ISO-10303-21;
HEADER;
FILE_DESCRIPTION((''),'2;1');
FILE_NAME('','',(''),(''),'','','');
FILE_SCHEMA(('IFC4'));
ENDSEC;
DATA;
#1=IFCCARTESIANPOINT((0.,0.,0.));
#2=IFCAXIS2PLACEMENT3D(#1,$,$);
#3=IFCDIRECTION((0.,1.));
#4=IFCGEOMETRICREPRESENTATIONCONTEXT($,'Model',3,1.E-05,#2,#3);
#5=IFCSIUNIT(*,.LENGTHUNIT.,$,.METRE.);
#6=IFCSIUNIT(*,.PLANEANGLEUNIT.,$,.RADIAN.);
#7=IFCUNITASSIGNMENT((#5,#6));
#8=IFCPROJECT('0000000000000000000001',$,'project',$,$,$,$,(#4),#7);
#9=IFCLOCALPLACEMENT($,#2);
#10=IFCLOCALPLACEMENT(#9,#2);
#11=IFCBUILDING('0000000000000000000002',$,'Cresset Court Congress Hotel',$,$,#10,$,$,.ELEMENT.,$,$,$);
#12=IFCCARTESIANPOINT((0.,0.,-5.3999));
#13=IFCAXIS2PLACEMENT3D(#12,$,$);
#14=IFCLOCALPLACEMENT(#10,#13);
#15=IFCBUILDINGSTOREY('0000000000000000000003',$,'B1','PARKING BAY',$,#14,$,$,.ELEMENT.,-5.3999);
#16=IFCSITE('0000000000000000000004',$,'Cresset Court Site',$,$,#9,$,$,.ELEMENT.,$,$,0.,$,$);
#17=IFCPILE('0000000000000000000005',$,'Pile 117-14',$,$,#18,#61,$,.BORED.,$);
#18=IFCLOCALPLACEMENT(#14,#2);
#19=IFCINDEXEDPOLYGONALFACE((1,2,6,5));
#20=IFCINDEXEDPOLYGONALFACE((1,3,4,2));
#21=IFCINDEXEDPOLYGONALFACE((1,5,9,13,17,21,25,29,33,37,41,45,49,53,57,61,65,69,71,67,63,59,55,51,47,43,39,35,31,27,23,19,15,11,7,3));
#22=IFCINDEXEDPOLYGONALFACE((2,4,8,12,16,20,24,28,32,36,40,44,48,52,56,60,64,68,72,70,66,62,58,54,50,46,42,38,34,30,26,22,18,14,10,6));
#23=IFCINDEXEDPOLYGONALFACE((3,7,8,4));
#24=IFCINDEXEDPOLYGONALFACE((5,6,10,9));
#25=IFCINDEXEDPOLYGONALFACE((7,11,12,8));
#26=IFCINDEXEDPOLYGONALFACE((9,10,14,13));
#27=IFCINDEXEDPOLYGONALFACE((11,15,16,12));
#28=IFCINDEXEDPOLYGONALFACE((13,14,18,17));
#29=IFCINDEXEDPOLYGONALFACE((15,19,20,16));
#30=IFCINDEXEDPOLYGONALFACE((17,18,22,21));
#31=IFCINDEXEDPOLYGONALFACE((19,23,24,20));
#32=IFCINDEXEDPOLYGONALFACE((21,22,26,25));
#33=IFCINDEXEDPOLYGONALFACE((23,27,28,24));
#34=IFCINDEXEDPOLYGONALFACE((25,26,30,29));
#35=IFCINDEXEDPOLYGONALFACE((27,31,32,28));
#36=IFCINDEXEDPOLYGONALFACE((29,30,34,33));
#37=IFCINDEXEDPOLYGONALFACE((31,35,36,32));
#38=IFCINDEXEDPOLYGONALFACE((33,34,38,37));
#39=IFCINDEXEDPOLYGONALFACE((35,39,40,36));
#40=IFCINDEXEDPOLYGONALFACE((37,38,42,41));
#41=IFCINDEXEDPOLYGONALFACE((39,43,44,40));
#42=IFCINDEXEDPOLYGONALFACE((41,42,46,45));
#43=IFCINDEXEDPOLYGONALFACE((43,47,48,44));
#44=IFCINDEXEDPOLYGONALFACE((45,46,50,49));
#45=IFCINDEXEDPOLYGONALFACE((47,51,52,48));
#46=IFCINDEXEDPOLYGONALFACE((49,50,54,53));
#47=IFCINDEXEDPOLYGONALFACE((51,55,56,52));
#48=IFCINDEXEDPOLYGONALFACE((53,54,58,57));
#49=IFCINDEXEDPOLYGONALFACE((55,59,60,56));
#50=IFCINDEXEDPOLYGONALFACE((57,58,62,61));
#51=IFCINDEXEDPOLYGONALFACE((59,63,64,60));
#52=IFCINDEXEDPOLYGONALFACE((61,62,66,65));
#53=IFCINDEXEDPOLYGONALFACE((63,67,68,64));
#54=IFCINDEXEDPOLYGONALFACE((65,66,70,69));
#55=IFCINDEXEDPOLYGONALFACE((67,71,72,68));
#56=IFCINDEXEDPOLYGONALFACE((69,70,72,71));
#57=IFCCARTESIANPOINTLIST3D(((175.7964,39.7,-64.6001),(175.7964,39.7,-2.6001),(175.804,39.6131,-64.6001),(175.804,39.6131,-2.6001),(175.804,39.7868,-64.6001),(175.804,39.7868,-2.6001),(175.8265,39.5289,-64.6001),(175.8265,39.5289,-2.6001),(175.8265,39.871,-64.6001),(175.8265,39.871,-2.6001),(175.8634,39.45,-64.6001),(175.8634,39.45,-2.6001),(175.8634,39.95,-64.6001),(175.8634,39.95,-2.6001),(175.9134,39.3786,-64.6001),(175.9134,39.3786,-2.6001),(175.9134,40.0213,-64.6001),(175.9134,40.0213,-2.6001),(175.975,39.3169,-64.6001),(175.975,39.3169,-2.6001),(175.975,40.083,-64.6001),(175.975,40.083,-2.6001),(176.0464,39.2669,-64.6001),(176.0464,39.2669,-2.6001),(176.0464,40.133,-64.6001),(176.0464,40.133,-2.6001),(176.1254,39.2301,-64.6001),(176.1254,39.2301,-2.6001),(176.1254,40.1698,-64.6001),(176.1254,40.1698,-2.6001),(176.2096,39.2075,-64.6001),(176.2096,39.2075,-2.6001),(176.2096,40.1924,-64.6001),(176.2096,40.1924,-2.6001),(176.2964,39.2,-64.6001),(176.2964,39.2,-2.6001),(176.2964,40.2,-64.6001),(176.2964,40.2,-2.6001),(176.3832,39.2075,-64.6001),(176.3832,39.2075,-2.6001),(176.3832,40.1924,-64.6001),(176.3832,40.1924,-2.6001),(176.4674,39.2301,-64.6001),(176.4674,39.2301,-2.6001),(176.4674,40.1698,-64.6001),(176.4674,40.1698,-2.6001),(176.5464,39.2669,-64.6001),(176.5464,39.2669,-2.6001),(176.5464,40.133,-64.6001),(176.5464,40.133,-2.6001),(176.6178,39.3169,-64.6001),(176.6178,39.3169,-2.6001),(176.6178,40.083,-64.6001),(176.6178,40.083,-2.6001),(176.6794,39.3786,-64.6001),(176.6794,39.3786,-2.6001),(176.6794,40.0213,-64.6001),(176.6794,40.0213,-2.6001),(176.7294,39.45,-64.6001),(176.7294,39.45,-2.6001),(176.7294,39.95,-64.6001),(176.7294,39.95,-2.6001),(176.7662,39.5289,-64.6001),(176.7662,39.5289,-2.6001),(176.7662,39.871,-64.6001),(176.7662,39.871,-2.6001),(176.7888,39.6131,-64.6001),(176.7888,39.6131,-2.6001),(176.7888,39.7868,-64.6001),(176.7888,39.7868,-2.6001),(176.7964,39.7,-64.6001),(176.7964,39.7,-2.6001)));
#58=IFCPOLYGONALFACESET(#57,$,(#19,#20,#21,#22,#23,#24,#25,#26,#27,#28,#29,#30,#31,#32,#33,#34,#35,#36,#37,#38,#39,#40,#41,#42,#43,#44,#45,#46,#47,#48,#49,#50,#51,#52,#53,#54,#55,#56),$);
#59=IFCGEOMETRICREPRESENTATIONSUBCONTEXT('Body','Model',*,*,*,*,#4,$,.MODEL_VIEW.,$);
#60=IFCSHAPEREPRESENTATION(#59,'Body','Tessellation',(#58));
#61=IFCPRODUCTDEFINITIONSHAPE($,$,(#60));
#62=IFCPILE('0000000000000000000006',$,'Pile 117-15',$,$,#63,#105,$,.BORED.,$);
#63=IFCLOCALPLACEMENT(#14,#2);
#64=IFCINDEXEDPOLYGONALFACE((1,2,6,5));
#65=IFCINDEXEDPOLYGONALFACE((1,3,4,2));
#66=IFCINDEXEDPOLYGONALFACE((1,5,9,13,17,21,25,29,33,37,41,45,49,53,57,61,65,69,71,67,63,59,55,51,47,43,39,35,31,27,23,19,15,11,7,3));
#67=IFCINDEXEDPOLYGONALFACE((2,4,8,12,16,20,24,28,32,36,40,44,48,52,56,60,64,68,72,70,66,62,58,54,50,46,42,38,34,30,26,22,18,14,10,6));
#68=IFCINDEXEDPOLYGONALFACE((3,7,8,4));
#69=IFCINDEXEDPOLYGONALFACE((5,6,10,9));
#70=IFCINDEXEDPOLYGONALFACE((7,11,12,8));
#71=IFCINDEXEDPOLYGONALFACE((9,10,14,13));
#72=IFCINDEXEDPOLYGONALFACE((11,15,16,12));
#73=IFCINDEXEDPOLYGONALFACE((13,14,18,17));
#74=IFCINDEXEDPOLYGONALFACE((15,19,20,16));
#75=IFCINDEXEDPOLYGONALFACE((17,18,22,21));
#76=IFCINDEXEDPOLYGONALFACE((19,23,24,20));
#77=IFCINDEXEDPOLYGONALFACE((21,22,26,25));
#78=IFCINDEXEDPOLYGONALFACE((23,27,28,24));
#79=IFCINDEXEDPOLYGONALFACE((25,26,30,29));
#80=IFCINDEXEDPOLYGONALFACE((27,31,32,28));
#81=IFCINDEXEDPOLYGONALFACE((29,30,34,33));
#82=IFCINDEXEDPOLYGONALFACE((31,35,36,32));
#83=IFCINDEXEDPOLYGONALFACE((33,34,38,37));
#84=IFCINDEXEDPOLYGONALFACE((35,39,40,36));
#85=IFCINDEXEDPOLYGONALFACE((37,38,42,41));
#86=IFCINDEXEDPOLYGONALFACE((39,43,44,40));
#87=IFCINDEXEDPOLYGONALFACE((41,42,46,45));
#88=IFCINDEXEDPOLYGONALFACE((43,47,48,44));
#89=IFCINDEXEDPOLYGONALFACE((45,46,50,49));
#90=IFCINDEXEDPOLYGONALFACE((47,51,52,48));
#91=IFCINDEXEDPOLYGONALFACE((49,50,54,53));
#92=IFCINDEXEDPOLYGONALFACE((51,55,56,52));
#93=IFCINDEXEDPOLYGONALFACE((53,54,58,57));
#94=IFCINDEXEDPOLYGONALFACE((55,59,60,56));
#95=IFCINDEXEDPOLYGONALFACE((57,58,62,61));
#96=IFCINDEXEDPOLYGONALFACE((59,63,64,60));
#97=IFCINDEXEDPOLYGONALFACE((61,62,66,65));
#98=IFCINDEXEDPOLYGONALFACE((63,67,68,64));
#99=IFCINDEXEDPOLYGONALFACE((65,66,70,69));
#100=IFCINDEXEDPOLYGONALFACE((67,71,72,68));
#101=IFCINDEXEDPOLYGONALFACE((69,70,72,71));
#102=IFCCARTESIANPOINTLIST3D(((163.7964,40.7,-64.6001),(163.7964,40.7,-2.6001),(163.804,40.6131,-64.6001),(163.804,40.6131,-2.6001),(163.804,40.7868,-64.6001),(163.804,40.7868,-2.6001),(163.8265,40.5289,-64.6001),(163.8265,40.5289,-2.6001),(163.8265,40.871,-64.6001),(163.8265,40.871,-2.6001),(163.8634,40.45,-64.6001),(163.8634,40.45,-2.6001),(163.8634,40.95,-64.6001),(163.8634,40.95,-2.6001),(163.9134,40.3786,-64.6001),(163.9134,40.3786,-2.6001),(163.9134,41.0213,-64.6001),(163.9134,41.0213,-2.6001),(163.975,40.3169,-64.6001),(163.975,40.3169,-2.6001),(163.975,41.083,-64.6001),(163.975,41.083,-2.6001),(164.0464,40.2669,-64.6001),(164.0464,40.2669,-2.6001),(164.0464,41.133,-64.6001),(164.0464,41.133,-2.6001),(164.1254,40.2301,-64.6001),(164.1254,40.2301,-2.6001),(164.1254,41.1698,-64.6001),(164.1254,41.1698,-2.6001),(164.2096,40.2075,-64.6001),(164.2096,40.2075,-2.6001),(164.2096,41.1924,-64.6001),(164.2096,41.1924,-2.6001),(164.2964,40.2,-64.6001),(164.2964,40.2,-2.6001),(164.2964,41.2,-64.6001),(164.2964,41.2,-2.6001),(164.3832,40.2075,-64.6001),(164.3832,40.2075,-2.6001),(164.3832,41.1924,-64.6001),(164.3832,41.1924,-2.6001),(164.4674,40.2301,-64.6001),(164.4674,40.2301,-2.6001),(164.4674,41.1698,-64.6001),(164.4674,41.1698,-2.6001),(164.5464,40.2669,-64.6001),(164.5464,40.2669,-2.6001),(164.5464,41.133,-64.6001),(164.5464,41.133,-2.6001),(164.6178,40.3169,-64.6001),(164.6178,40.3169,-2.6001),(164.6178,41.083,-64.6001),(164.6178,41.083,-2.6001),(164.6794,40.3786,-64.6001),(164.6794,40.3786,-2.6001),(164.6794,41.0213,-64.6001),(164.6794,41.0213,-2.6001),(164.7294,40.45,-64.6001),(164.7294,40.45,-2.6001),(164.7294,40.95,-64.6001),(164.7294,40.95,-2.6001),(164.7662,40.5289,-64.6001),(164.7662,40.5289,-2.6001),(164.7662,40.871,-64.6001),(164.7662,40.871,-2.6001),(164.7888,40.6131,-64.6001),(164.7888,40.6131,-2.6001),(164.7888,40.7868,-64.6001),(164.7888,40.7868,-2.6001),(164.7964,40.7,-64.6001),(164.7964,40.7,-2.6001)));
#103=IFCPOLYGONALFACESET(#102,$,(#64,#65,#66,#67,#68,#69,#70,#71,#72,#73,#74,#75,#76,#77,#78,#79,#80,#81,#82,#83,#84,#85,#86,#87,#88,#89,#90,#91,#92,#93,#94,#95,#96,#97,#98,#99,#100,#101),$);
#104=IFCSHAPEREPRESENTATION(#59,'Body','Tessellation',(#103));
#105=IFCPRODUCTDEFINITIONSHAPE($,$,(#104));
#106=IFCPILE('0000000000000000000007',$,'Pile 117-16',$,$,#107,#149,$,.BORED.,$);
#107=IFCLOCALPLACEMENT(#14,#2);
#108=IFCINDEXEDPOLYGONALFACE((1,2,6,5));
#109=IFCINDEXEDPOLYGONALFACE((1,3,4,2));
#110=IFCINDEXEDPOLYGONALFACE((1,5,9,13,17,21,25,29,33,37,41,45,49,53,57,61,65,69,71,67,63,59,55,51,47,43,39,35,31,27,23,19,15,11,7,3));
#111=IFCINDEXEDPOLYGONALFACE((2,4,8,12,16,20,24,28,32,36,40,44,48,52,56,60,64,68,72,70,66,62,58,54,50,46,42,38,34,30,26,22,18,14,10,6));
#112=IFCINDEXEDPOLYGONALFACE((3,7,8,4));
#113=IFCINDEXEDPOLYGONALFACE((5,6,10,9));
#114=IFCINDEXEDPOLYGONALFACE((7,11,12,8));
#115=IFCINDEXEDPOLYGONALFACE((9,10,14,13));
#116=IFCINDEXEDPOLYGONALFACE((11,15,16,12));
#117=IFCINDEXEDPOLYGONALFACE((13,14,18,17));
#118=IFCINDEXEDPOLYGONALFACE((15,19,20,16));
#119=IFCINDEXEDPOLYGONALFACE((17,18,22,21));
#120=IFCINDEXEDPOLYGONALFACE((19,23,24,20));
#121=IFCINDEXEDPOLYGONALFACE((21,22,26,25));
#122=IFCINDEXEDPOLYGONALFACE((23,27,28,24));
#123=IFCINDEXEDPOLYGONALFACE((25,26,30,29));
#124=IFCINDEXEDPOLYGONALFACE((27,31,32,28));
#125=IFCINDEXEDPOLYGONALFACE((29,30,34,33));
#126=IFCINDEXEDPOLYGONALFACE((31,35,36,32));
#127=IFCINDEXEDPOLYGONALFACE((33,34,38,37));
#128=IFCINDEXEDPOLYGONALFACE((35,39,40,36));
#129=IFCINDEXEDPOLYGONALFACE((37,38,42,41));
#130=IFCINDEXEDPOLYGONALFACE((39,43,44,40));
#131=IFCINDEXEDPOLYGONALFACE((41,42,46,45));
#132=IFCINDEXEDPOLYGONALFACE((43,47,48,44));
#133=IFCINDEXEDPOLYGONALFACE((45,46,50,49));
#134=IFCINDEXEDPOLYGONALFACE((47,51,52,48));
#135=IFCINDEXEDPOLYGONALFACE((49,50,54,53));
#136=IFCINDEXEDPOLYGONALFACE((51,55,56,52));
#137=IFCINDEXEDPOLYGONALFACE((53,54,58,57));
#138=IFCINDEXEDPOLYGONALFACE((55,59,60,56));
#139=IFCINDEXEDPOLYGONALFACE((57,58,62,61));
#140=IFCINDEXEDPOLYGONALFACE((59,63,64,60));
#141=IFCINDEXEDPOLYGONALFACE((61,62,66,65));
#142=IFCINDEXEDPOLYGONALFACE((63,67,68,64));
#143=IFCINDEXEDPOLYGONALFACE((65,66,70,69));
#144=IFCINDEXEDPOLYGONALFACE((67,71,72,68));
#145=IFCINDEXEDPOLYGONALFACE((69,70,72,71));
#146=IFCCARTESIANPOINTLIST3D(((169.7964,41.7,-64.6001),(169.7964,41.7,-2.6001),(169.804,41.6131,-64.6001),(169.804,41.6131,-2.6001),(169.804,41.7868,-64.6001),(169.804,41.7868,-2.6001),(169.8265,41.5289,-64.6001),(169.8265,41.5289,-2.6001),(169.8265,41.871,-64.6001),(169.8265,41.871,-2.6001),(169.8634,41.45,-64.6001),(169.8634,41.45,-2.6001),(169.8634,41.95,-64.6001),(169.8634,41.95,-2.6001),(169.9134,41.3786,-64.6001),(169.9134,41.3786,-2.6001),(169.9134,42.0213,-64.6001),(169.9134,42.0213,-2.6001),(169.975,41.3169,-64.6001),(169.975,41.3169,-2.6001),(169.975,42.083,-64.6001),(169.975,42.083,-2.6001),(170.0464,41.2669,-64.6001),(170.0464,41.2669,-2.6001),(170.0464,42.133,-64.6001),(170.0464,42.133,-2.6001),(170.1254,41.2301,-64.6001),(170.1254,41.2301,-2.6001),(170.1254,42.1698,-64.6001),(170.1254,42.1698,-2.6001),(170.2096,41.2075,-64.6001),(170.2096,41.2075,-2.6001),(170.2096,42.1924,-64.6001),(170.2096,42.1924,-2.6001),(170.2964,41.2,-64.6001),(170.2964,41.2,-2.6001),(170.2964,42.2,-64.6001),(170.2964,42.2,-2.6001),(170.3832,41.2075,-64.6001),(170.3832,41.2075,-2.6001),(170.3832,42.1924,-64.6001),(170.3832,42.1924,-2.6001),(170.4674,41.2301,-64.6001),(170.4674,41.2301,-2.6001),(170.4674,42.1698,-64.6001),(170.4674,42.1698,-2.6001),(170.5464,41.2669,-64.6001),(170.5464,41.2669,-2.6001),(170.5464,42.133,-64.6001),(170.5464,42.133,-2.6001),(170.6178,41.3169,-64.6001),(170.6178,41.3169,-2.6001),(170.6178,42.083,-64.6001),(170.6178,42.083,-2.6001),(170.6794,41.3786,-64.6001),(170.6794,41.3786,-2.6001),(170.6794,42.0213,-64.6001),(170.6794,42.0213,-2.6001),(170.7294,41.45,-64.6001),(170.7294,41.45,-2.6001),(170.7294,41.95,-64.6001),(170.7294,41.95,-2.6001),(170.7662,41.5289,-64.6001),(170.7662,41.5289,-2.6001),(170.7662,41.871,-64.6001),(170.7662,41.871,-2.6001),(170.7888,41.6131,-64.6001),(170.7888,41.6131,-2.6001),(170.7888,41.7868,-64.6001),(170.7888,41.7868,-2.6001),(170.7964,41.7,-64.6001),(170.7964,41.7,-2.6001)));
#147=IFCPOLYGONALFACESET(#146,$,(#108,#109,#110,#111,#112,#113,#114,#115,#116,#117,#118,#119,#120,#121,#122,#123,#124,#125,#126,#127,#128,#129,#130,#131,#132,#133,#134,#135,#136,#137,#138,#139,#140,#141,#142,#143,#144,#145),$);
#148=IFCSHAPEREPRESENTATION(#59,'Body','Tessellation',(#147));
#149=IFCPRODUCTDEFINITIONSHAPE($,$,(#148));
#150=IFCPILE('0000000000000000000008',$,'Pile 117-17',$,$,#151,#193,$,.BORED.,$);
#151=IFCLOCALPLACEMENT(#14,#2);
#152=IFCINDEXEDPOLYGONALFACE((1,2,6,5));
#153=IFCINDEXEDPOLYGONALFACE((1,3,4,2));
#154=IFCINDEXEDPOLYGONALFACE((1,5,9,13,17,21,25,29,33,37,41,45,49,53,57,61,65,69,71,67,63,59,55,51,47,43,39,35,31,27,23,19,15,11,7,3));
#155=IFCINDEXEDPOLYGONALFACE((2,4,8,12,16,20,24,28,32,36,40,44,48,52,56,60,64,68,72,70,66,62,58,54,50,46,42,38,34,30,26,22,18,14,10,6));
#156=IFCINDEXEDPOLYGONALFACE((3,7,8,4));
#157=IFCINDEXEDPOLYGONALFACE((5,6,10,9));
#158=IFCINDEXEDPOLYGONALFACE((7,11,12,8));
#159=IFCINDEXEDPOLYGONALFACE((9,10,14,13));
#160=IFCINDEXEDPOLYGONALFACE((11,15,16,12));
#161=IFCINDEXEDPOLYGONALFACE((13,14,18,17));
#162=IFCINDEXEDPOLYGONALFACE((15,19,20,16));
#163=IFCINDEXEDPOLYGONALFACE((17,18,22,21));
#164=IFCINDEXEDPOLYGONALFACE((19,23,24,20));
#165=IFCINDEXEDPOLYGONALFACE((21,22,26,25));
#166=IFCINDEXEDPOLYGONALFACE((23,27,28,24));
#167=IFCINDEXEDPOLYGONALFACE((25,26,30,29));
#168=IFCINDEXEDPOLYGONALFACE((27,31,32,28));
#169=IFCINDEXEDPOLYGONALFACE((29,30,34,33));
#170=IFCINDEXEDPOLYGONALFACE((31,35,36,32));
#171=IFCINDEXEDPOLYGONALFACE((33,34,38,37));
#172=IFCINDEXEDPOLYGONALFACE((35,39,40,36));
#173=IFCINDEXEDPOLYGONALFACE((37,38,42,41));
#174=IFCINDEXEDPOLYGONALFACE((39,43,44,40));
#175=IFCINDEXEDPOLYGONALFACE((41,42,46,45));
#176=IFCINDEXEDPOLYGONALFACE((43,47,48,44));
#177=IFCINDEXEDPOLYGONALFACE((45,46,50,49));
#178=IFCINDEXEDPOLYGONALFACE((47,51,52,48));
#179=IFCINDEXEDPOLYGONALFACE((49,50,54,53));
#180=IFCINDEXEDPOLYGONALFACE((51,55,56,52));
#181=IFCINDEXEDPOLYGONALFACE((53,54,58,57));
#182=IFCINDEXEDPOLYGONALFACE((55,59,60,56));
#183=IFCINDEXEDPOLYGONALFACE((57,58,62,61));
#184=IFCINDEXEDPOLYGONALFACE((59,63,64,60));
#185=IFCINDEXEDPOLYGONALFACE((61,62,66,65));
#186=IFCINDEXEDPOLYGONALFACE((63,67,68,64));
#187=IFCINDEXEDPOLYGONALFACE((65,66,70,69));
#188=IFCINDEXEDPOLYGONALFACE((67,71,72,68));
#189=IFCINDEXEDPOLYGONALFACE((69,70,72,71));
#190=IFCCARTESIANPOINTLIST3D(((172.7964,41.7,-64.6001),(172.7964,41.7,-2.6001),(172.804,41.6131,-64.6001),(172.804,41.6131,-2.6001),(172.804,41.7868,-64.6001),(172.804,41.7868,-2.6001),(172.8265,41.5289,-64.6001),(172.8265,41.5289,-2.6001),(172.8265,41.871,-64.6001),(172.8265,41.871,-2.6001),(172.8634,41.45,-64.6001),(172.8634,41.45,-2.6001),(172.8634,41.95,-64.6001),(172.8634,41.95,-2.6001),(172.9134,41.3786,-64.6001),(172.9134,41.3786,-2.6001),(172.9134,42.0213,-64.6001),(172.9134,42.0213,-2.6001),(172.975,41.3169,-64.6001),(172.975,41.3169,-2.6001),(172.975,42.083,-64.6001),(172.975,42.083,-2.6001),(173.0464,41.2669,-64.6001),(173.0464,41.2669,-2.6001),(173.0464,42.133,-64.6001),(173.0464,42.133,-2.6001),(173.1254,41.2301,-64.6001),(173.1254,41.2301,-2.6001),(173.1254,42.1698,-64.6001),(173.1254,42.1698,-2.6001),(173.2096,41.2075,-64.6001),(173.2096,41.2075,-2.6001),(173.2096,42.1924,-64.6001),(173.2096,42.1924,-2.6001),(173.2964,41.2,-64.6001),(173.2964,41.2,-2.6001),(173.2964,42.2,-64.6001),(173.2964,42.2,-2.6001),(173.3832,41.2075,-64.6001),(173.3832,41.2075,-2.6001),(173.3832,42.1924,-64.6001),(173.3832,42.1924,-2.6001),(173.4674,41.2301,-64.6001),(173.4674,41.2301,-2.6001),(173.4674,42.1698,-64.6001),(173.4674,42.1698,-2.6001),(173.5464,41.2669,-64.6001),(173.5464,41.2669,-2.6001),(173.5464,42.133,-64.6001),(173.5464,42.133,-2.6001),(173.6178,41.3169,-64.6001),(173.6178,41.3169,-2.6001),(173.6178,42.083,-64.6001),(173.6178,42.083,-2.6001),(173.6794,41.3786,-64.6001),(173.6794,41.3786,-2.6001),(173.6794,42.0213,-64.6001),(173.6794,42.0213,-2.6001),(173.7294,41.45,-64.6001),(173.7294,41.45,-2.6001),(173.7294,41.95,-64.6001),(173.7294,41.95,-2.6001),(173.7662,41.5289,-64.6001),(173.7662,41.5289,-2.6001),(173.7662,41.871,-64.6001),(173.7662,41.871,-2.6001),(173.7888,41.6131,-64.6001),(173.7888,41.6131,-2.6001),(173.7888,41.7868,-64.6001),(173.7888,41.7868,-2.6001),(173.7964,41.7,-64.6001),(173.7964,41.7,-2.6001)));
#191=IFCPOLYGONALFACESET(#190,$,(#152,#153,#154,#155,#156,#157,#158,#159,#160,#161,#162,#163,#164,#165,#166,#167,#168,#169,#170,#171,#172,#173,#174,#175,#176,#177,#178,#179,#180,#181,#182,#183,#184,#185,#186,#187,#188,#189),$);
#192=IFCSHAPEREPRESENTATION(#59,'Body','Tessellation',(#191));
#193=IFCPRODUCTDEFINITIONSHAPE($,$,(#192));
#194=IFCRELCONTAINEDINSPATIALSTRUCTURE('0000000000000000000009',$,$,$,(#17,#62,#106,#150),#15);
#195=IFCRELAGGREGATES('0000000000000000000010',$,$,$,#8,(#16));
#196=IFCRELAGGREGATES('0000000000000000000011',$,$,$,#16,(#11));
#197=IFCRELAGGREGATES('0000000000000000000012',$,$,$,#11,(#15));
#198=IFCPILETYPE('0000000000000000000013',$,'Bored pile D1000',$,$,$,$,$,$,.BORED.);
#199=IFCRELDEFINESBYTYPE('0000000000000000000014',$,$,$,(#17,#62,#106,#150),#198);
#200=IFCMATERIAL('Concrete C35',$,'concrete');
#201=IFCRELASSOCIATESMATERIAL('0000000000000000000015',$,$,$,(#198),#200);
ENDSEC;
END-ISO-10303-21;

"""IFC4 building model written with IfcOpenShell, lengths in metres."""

from ifc_helpers import new_model, si_unit, direction, frame, origin, origin_2d, place, context, subcontext, project, spatial, circle, extrude, material, type_object, element, save


model = new_model("IFC4")

# Units and contexts
model_context = context("Model", 3, precision=1e-05, world=origin(), true_north=direction((0.0, 1.0)))
body_context = subcontext(model_context, "Body", "Model", "MODEL_VIEW")
ifc_project = project(units=[si_unit("LENGTHUNIT", "METRE"), si_unit("PLANEANGLEUNIT", "RADIAN")], contexts=[model_context])

# Site, building, storey
site_placement = place(None, origin())
site = spatial("IfcSite", under=ifc_project, at=site_placement, Name="Cresset Court Site", CompositionType="ELEMENT", RefElevation=0.0)
building_placement = place(site_placement, origin())
building = spatial("IfcBuilding", under=site, at=building_placement, Name="Cresset Court Congress Hotel", CompositionType="ELEMENT")
storey_placement = place(building_placement, frame((0.0, 0.0, -5.3999)))
storey = spatial("IfcBuildingStorey", under=building, at=storey_placement, Name="B1", Description="PARKING BAY", CompositionType="ELEMENT", Elevation=-5.3999)

# Piles
ifc_material_1 = material(Name="Concrete C35", Category="concrete")
pile_type = type_object("IfcPileType", Name="Bored pile D1000", PredefinedType="BORED", material=ifc_material_1)
for number, where, z_axis, x_axis, name in (
    (1, (176.2964, 39.7, -2.6001), (0.0, 0.0, -1.0), (1.0, 0.0, 0.0), "Pile 117-14"),
    (2, (164.2964, 40.7, -2.6001), (0.0, 0.0, -1.0), (1.0, 0.0, 0.0), "Pile 117-15"),
    (3, (170.2964, 41.7, -2.6001), (0.0, 0.0, -1.0), (1.0, 0.0, 0.0), "Pile 117-16"),
    (4, (173.2964, 41.7, -2.6001), (0.0, 0.0, -1.0), (1.0, 0.0, 0.0), "Pile 117-17"),
):
    element("IfcPile", number, at=place(storey_placement, frame(where, z_axis=z_axis, x_axis=x_axis)), inside=storey, type_object=pile_type, Name=name, PredefinedType="BORED", context=body_context, shape_type="SweptSolid", body=[
        extrude(circle(Radius=0.5, at=origin_2d()), origin(), (0.0, 0.0, 1.0), 62.0),
    ])

save(model, "model.ifc")
